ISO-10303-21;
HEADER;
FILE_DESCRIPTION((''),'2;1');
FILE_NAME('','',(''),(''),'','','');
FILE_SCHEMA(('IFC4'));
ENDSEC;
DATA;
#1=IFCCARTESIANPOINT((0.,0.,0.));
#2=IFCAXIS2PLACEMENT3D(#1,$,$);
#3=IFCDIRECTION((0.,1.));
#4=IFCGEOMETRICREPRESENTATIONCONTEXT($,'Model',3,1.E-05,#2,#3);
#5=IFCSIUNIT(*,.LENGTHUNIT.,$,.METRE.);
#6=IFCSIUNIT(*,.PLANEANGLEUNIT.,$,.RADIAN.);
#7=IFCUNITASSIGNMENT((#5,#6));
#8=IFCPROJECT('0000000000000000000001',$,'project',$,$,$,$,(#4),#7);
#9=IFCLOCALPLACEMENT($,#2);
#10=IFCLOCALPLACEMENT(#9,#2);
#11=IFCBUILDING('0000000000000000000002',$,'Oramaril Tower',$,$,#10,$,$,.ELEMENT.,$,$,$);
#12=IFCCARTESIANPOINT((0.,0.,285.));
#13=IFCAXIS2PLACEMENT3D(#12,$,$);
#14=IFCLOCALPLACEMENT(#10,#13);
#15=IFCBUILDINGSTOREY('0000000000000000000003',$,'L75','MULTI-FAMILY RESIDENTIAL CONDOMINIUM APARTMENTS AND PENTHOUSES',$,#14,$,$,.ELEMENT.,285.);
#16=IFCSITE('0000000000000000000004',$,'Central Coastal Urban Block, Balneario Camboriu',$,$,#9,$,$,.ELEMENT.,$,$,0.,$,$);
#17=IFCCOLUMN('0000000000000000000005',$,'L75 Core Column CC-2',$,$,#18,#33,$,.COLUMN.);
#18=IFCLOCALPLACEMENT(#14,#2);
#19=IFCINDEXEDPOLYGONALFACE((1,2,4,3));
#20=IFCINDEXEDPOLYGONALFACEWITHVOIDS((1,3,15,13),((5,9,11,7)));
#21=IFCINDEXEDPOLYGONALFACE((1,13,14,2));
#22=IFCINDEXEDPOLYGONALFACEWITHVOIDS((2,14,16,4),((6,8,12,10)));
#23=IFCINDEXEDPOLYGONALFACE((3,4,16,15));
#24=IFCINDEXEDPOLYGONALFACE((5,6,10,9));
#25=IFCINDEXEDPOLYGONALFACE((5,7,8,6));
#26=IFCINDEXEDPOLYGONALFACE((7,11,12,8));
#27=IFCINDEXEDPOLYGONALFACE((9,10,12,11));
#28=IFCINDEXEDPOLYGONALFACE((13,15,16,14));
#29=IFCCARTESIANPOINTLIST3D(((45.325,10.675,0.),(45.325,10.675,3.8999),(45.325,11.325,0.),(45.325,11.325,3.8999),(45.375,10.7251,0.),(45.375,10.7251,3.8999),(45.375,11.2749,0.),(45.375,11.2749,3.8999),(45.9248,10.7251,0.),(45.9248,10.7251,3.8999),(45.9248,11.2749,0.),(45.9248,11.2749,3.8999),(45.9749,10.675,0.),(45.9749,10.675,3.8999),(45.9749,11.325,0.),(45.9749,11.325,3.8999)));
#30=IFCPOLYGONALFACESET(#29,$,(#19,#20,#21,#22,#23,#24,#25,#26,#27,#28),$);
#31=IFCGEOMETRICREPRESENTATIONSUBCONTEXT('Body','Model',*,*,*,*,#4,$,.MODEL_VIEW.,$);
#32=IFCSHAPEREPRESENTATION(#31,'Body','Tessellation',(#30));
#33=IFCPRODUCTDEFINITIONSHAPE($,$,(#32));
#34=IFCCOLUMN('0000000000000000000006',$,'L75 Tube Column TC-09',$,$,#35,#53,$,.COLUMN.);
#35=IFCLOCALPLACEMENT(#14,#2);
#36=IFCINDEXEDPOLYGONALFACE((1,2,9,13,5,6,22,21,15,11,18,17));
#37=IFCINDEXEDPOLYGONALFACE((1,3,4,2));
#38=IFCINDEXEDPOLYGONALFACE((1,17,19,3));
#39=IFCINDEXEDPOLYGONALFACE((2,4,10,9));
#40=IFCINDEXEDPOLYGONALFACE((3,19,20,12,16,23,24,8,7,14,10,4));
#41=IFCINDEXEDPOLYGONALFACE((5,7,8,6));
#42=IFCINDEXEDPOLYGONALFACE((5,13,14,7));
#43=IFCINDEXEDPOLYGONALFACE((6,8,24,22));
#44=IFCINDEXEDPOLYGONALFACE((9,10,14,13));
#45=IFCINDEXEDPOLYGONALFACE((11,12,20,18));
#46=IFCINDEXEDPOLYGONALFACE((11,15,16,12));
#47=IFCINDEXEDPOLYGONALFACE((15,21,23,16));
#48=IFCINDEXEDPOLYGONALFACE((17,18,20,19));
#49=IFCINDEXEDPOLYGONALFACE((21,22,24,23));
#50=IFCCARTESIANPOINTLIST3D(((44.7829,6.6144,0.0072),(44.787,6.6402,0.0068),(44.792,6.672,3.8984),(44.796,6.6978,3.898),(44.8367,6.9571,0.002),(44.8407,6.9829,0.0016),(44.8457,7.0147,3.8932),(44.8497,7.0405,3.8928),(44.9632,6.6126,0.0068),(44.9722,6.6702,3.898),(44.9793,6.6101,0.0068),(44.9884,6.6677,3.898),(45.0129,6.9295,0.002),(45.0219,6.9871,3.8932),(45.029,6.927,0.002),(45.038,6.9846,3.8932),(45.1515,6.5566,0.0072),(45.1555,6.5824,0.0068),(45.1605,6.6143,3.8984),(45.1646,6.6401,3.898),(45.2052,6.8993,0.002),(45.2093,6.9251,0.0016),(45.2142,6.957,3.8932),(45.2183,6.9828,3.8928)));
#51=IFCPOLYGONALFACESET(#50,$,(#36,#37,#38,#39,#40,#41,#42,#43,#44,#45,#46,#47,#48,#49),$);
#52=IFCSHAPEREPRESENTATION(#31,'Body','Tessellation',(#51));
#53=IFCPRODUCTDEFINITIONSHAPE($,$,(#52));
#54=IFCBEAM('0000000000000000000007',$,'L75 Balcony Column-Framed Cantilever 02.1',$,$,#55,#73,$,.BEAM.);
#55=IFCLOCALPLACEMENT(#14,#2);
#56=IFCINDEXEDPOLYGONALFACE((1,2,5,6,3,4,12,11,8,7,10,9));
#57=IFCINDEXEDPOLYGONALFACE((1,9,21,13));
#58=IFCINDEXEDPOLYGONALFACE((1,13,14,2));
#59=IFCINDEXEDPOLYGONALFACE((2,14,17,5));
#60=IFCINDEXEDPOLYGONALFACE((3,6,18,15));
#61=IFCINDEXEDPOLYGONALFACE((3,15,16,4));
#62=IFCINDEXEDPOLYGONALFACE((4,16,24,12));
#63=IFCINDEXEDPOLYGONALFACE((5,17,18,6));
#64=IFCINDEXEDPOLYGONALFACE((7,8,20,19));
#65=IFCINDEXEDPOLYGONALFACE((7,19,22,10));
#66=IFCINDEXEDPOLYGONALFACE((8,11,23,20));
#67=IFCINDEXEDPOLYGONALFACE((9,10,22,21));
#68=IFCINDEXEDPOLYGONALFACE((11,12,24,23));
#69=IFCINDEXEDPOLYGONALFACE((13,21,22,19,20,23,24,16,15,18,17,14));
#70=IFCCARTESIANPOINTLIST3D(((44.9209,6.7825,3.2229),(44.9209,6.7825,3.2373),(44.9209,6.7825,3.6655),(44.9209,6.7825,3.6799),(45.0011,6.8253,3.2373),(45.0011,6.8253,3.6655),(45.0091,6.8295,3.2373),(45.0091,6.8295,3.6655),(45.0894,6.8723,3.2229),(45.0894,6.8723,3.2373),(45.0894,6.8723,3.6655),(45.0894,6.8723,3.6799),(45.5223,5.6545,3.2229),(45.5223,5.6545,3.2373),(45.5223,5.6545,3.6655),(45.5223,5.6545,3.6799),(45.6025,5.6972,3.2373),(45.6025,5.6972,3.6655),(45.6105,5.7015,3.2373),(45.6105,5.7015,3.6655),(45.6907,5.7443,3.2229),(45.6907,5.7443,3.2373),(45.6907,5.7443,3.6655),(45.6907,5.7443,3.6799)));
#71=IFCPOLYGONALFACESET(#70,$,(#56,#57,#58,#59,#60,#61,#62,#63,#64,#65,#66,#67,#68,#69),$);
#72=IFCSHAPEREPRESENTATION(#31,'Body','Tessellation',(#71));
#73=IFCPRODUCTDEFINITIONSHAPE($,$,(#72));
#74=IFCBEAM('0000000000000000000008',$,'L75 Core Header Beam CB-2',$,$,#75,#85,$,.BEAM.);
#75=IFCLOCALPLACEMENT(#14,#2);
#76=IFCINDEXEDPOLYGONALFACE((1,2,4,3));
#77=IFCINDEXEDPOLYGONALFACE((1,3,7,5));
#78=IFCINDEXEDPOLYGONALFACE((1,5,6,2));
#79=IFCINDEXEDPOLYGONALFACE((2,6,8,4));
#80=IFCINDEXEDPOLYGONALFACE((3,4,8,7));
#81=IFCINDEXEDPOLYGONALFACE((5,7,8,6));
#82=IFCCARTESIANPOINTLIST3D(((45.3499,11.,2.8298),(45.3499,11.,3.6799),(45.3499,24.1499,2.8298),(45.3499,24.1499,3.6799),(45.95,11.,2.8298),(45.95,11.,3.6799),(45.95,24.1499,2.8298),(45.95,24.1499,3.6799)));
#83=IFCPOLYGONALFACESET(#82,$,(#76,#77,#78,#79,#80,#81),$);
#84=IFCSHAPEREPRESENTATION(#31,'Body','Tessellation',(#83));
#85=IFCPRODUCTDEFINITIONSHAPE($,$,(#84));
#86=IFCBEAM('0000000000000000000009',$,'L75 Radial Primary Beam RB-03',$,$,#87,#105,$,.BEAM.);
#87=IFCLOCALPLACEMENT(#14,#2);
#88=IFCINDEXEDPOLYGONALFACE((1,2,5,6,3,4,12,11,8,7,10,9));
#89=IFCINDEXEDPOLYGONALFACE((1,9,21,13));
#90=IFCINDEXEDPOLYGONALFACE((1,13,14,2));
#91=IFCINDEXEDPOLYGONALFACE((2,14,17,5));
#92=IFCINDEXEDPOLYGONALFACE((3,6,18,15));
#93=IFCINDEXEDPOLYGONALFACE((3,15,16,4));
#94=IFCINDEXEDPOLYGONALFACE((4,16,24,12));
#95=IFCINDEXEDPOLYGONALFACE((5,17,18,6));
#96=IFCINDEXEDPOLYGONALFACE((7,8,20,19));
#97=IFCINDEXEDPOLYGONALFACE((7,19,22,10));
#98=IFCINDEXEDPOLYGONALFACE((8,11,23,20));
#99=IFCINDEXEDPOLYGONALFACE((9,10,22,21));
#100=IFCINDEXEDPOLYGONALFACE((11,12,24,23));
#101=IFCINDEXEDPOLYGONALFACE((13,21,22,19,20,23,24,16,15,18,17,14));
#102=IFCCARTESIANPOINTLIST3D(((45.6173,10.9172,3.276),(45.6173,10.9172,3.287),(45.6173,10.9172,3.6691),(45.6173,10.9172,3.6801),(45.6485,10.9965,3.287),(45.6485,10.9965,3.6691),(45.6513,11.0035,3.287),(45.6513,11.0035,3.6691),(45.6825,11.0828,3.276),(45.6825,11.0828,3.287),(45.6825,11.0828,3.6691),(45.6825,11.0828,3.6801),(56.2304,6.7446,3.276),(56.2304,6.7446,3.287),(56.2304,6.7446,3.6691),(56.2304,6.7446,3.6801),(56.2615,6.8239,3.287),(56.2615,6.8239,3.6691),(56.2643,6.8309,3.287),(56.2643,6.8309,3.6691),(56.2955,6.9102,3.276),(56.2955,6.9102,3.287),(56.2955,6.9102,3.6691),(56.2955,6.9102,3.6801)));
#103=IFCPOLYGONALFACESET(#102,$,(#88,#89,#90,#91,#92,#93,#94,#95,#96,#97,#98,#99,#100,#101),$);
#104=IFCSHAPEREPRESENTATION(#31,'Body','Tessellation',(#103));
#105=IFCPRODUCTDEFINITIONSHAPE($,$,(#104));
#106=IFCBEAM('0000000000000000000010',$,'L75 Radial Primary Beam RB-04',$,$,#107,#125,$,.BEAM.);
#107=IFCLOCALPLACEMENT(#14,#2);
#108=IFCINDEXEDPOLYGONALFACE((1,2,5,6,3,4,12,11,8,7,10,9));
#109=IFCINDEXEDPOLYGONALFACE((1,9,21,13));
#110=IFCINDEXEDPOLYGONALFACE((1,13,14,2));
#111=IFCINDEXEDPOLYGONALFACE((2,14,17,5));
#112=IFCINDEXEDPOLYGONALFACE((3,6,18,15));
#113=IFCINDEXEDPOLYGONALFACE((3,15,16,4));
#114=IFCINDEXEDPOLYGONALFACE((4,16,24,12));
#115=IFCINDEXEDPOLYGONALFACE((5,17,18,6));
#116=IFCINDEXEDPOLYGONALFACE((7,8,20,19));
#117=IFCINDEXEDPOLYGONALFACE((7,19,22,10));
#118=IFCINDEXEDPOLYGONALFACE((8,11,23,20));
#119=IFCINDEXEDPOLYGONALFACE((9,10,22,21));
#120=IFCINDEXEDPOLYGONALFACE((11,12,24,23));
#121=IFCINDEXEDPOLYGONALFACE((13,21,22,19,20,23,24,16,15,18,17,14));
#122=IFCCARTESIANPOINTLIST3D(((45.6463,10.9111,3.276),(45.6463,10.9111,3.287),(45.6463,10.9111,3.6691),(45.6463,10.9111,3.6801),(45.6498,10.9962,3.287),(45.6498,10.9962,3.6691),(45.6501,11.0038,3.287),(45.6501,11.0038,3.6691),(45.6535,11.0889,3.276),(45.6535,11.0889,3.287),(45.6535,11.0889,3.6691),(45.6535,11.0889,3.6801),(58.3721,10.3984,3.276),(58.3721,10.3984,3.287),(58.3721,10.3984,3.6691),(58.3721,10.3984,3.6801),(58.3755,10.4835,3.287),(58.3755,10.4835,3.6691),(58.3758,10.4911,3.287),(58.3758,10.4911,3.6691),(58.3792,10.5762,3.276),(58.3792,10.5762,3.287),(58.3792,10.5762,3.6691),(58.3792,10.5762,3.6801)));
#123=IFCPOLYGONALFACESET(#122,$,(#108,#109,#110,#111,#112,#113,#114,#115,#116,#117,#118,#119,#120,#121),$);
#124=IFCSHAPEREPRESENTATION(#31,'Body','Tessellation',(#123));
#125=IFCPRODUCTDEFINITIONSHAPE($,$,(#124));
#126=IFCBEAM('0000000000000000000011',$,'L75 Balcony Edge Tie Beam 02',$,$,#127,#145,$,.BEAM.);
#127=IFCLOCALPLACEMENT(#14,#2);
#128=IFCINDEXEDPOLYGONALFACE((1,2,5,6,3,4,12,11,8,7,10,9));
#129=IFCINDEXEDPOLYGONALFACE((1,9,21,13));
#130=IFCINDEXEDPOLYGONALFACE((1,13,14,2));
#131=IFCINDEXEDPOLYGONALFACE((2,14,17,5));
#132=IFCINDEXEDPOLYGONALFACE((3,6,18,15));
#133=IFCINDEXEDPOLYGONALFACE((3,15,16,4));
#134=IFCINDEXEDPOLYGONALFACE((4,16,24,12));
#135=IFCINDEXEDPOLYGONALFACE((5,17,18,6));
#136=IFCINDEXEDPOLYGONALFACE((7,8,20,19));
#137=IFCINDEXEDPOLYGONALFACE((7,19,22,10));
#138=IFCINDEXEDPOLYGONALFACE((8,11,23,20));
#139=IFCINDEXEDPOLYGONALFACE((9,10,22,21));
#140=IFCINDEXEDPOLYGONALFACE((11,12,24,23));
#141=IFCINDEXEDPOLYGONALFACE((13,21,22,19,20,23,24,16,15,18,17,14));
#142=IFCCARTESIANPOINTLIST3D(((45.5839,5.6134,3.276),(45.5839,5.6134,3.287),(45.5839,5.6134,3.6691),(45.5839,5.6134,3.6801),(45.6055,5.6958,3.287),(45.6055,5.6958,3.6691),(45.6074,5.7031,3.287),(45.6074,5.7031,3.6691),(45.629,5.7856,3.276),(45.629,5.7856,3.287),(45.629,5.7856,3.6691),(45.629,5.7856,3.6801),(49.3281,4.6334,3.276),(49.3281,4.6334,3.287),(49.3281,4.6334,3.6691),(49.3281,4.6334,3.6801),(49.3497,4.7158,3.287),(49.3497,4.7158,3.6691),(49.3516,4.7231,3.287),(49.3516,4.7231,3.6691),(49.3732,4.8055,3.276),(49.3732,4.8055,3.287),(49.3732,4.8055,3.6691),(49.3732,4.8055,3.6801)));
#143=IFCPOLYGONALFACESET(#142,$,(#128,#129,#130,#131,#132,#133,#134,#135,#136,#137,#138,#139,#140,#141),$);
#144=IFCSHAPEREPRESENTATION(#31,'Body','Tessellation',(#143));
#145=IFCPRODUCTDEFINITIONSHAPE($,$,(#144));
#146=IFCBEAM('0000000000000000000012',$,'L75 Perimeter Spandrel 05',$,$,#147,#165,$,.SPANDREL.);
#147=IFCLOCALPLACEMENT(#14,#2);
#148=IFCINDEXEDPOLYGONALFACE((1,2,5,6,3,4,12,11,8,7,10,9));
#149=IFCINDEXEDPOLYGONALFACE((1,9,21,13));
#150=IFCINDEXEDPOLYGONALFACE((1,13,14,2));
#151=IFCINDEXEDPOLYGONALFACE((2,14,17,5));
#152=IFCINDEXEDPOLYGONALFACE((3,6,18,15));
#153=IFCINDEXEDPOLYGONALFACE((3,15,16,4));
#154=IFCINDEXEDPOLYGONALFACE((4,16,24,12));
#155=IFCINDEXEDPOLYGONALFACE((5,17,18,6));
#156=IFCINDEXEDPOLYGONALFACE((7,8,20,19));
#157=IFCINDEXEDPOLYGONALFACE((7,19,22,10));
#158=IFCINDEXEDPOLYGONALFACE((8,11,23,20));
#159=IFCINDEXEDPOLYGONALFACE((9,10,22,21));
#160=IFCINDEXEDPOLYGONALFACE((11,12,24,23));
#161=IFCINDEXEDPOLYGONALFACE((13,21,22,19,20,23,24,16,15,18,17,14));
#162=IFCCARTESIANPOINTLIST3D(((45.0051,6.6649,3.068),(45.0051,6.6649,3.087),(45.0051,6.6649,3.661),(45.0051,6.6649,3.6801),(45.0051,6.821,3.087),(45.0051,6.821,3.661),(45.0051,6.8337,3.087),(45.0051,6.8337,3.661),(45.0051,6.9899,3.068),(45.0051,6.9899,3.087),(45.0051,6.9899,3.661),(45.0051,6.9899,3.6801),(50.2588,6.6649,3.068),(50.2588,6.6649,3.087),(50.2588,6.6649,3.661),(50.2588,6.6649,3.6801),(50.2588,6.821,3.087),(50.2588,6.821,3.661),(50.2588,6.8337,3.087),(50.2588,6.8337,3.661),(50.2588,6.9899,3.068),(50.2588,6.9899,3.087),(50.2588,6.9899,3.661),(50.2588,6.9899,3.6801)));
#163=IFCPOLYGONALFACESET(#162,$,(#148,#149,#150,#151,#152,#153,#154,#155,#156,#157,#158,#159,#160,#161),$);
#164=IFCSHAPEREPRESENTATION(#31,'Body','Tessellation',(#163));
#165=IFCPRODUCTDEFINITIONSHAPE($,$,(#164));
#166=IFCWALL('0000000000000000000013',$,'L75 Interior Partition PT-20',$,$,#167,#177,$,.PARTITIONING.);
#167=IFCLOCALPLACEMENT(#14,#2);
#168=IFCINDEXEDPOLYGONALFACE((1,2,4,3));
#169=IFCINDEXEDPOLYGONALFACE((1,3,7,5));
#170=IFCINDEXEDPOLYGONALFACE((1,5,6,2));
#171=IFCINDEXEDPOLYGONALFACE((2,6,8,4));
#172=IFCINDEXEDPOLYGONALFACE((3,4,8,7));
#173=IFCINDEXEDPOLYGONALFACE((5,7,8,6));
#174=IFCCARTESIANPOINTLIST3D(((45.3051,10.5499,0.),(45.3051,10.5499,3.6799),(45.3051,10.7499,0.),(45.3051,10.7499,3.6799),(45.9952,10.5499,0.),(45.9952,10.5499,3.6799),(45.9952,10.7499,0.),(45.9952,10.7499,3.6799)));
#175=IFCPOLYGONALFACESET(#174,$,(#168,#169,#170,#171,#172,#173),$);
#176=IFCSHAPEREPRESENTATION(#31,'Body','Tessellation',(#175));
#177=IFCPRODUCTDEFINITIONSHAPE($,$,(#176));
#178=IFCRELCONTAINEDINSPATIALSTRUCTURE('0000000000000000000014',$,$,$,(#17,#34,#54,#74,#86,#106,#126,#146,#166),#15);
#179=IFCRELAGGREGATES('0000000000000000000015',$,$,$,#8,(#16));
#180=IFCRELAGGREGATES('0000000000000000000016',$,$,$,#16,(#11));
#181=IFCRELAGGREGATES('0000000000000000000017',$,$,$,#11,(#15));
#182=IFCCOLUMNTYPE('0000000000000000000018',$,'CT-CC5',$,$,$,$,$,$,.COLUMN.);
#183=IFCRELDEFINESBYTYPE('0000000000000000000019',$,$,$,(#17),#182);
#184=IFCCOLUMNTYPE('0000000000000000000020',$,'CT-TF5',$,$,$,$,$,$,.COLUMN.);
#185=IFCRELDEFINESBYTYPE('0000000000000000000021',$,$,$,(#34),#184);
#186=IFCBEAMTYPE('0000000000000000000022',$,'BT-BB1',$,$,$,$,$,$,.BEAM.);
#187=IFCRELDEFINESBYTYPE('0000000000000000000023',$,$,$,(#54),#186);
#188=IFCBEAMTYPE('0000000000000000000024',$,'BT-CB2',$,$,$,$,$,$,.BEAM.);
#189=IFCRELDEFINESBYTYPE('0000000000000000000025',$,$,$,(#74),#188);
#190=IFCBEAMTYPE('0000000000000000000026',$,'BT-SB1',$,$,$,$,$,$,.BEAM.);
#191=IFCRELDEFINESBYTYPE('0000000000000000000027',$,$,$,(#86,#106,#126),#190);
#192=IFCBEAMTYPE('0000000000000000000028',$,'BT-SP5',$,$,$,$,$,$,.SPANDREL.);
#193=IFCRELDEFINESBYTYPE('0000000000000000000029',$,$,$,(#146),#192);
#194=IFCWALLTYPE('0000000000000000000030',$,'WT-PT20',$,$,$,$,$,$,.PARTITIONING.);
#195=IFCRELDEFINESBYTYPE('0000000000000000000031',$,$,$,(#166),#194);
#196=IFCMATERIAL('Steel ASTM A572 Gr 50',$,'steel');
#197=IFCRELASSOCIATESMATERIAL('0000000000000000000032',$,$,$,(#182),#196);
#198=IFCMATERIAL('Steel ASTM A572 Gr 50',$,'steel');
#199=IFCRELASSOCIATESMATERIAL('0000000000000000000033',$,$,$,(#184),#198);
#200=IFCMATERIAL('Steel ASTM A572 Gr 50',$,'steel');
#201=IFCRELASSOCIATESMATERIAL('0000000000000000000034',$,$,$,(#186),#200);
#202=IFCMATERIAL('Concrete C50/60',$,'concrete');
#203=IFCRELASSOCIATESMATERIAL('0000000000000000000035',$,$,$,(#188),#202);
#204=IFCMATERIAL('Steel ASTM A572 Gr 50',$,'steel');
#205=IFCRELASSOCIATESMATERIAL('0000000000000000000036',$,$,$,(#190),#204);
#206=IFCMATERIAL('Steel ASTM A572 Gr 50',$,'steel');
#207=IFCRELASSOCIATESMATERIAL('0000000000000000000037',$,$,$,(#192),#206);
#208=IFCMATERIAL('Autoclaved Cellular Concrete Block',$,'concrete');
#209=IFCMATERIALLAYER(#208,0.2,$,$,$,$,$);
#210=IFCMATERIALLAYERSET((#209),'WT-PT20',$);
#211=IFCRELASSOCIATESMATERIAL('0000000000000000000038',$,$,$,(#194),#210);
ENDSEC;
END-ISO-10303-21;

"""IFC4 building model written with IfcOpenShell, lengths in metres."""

from ifc_helpers import new_model, si_unit, direction, frame, frame_2d, origin, origin_2d, place, context, subcontext, project, spatial, rectangle, hollow_rectangle, i_section, extrude, material, layer, layer_set, material_profile, profile_set, type_object, element, save


model = new_model("IFC4")

# Units and contexts
model_context = context("Model", 3, precision=1e-05, world=origin(), true_north=direction((0.0, 1.0)))
body_context = subcontext(model_context, "Body", "Model", "MODEL_VIEW")
ifc_project = project(units=[si_unit("LENGTHUNIT", "METRE"), si_unit("PLANEANGLEUNIT", "RADIAN")], contexts=[model_context])

# Site, building, storey
site_placement = place(None, origin())
site = spatial("IfcSite", under=ifc_project, at=site_placement, Name="Central Coastal Urban Block, Balneario Camboriu", CompositionType="ELEMENT", RefElevation=0.0)
building_placement = place(site_placement, origin())
building = spatial("IfcBuilding", under=site, at=building_placement, Name="Oramaril Tower", CompositionType="ELEMENT")
storey_placement = place(building_placement, frame((0.0, 0.0, 285.0)))
storey = spatial("IfcBuildingStorey", under=building, at=storey_placement, Name="L75", Description="MULTI-FAMILY RESIDENTIAL CONDOMINIUM APARTMENTS AND PENTHOUSES", CompositionType="ELEMENT", Elevation=285.0)

# Columns
ifc_material_1 = material(Name="Steel ASTM A572 Gr 50", Category="steel")
ifc_material_profile_1 = material_profile(ifc_material_1, hollow_rectangle(XDim=0.6499, YDim=0.6499, WallThickness=0.05, at=origin_2d()), Name="BOX650X650X50")
ifc_profile_set_1 = profile_set([ifc_material_profile_1], Name="Steel ASTM A572 Gr 50")
column_type_1 = type_object("IfcColumnType", Name="CT-CC5", PredefinedType="COLUMN", material=ifc_profile_set_1)
column_1_placement = place(storey_placement, frame((45.6499, 11.0, 0.0), z_axis=(0.0, 0.0, 1.0), x_axis=(1.0, 0.0, 0.0)))
element("IfcColumn", 1, at=column_1_placement, inside=storey, type_object=column_type_1, Name="L75 Core Column CC-2", PredefinedType="COLUMN", context=body_context, shape_type="SweptSolid", body=[
    extrude(hollow_rectangle(XDim=0.6499, YDim=0.6499, WallThickness=0.05, at=origin_2d()), origin(), (0.0, 0.0, 1.0), 3.8999),
])
ifc_material_2 = material(Name="Steel ASTM A572 Gr 50", Category="steel")
ifc_material_profile_2 = material_profile(ifc_material_2, i_section(OverallWidth=0.373, OverallDepth=0.373, WebThickness=0.0164, FlangeThickness=0.0261, at=origin_2d()), Name="W14X132")
ifc_profile_set_2 = profile_set([ifc_material_profile_2], Name="Steel ASTM A572 Gr 50")
column_type_2 = type_object("IfcColumnType", Name="CT-TF5", PredefinedType="COLUMN", material=ifc_profile_set_2)
column_2_placement = place(storey_placement, frame((44.9961, 6.7698, 0.0044), z_axis=(0.002321, 0.014806, 0.999888), x_axis=(-0.987932, 0.154888, 0.0)))
element("IfcColumn", 2, at=column_2_placement, inside=storey, type_object=column_type_2, Name="L75 Tube Column TC-09", PredefinedType="COLUMN", context=body_context, shape_type="SweptSolid", body=[
    extrude(i_section(OverallWidth=0.373, OverallDepth=0.373, WebThickness=0.0164, FlangeThickness=0.0261, at=origin_2d()), origin(), (0.0, 0.0, 1.0), 3.8916),
])

# Beams
ifc_material_3 = material(Name="Steel ASTM A572 Gr 50", Category="steel")
ifc_material_profile_3 = material_profile(ifc_material_3, i_section(OverallWidth=0.1909, OverallDepth=0.457, WebThickness=0.009, FlangeThickness=0.0144, at=origin_2d()), Name="W18X50")
ifc_profile_set_3 = profile_set([ifc_material_profile_3], Name="Steel ASTM A572 Gr 50")
beam_type_1 = type_object("IfcBeamType", Name="BT-BB1", PredefinedType="BEAM", material=ifc_profile_set_3)
beam_1_placement = place(storey_placement, frame((45.0051, 6.8274, 3.4514), z_axis=(0.47044, -0.882432, 0.0), x_axis=(0.882432, 0.47044, 0.0)))
element("IfcBeam", 3, at=beam_1_placement, inside=storey, type_object=beam_type_1, Name="L75 Balcony Column-Framed Cantilever 02.1", PredefinedType="BEAM", context=body_context, shape_type="SweptSolid", body=[
    extrude(i_section(OverallWidth=0.1909, OverallDepth=0.457, WebThickness=0.009, FlangeThickness=0.0144, at=origin_2d()), origin(), (0.0, 0.0, 1.0), 1.2783),
])
ifc_material_4 = material(Name="Concrete C50/60", Category="concrete")
ifc_material_profile_4 = material_profile(ifc_material_4, rectangle(XDim=0.6001, YDim=0.8501, at=origin_2d()), Name="CB600X850")
ifc_profile_set_4 = profile_set([ifc_material_profile_4], Name="Concrete C50/60")
beam_type_2 = type_object("IfcBeamType", Name="BT-CB2", PredefinedType="BEAM", material=ifc_profile_set_4)
beam_2_placement = place(storey_placement, frame((45.6499, 11.0, 3.2549), z_axis=(0.0, 1.0, 0.0), x_axis=(-1.0, 0.0, 0.0)))
element("IfcBeam", 4, at=beam_2_placement, inside=storey, type_object=beam_type_2, Name="L75 Core Header Beam CB-2", PredefinedType="BEAM", context=body_context, shape_type="SweptSolid", body=[
    extrude(rectangle(XDim=0.6001, YDim=0.8501, at=origin_2d()), origin(), (0.0, 0.0, 1.0), 13.1499),
])
ifc_material_5 = material(Name="Steel ASTM A572 Gr 50", Category="steel")
ifc_material_profile_5 = material_profile(ifc_material_5, i_section(OverallWidth=0.178, OverallDepth=0.4041, WebThickness=0.0076, FlangeThickness=0.011, at=origin_2d()), Name="W16X36")
ifc_profile_set_5 = profile_set([ifc_material_profile_5], Name="Steel ASTM A572 Gr 50")
beam_type_3 = type_object("IfcBeamType", Name="BT-SB1", PredefinedType="BEAM", material=ifc_profile_set_5)
beam_3_placement = place(storey_placement, frame((45.6499, 11.0, 3.478), z_axis=(0.930656, -0.365895, 0.0), x_axis=(0.365895, 0.930656, 0.0)))
element("IfcBeam", 5, at=beam_3_placement, inside=storey, type_object=beam_type_3, Name="L75 Radial Primary Beam RB-03", PredefinedType="BEAM", context=body_context, shape_type="SweptSolid", body=[
    extrude(i_section(OverallWidth=0.178, OverallDepth=0.4041, WebThickness=0.0076, FlangeThickness=0.011, at=origin_2d()), origin(), (0.0, 0.0, 1.0), 11.4038),
])
beam_4_placement = place(storey_placement, frame((45.6499, 11.0, 3.478), z_axis=(0.999189, -0.040255, 0.0), x_axis=(0.040255, 0.999189, 0.0)))
element("IfcBeam", 6, at=beam_4_placement, inside=storey, type_object=beam_type_3, Name="L75 Radial Primary Beam RB-04", PredefinedType="BEAM", context=body_context, shape_type="SweptSolid", body=[
    extrude(i_section(OverallWidth=0.178, OverallDepth=0.4041, WebThickness=0.0076, FlangeThickness=0.011, at=origin_2d()), origin(), (0.0, 0.0, 1.0), 12.7361),
])
beam_5_placement = place(storey_placement, frame((45.6064, 5.6995, 3.478), z_axis=(0.967412, -0.253208, 0.0), x_axis=(0.253208, 0.967412, 0.0)))
element("IfcBeam", 7, at=beam_5_placement, inside=storey, type_object=beam_type_3, Name="L75 Balcony Edge Tie Beam 02", PredefinedType="BEAM", context=body_context, shape_type="SweptSolid", body=[
    extrude(i_section(OverallWidth=0.178, OverallDepth=0.4041, WebThickness=0.0076, FlangeThickness=0.011, at=origin_2d()), origin(), (0.0, 0.0, 1.0), 3.8704),
])
ifc_material_6 = material(Name="Steel ASTM A572 Gr 50", Category="steel")
ifc_material_profile_6 = material_profile(ifc_material_6, i_section(OverallWidth=0.325, OverallDepth=0.6121, WebThickness=0.0127, FlangeThickness=0.019, at=origin_2d()), Name="W24X104")
ifc_profile_set_6 = profile_set([ifc_material_profile_6], Name="Steel ASTM A572 Gr 50")
beam_type_4 = type_object("IfcBeamType", Name="BT-SP5", PredefinedType="SPANDREL", material=ifc_profile_set_6)
beam_6_placement = place(storey_placement, frame((45.0051, 6.8274, 3.374), z_axis=(1.0, 0.0, 0.0), x_axis=(0.0, 1.0, 0.0)))
element("IfcBeam", 8, at=beam_6_placement, inside=storey, type_object=beam_type_4, Name="L75 Perimeter Spandrel 05", PredefinedType="SPANDREL", context=body_context, shape_type="SweptSolid", body=[
    extrude(i_section(OverallWidth=0.325, OverallDepth=0.6121, WebThickness=0.0127, FlangeThickness=0.019, at=origin_2d()), origin(), (0.0, 0.0, 1.0), 5.2537),
])

# Wall
ifc_material_7 = material(Name="Autoclaved Cellular Concrete Block", Category="concrete")
ifc_layer_1 = layer(ifc_material_7, 0.2)
ifc_layer_set_1 = layer_set([ifc_layer_1], Name="WT-PT20")
wall_type_1 = type_object("IfcWallType", Name="WT-PT20", PredefinedType="PARTITIONING", material=ifc_layer_set_1)
wall_1_placement = place(storey_placement, frame((45.3049, 10.6499, 0.0), z_axis=(0.0, 0.0, 1.0), x_axis=(1.0, 0.0, 0.0)))
element("IfcWall", 9, at=wall_1_placement, inside=storey, type_object=wall_type_1, Name="L75 Interior Partition PT-20", PredefinedType="PARTITIONING", context=body_context, shape_type="SweptSolid", body=[
    extrude(rectangle(XDim=0.6902, YDim=0.2, at=frame_2d((0.3452, 0.0))), origin(), (0.0, 0.0, 1.0), 3.6799),
])

save(model, "model.ifc")
